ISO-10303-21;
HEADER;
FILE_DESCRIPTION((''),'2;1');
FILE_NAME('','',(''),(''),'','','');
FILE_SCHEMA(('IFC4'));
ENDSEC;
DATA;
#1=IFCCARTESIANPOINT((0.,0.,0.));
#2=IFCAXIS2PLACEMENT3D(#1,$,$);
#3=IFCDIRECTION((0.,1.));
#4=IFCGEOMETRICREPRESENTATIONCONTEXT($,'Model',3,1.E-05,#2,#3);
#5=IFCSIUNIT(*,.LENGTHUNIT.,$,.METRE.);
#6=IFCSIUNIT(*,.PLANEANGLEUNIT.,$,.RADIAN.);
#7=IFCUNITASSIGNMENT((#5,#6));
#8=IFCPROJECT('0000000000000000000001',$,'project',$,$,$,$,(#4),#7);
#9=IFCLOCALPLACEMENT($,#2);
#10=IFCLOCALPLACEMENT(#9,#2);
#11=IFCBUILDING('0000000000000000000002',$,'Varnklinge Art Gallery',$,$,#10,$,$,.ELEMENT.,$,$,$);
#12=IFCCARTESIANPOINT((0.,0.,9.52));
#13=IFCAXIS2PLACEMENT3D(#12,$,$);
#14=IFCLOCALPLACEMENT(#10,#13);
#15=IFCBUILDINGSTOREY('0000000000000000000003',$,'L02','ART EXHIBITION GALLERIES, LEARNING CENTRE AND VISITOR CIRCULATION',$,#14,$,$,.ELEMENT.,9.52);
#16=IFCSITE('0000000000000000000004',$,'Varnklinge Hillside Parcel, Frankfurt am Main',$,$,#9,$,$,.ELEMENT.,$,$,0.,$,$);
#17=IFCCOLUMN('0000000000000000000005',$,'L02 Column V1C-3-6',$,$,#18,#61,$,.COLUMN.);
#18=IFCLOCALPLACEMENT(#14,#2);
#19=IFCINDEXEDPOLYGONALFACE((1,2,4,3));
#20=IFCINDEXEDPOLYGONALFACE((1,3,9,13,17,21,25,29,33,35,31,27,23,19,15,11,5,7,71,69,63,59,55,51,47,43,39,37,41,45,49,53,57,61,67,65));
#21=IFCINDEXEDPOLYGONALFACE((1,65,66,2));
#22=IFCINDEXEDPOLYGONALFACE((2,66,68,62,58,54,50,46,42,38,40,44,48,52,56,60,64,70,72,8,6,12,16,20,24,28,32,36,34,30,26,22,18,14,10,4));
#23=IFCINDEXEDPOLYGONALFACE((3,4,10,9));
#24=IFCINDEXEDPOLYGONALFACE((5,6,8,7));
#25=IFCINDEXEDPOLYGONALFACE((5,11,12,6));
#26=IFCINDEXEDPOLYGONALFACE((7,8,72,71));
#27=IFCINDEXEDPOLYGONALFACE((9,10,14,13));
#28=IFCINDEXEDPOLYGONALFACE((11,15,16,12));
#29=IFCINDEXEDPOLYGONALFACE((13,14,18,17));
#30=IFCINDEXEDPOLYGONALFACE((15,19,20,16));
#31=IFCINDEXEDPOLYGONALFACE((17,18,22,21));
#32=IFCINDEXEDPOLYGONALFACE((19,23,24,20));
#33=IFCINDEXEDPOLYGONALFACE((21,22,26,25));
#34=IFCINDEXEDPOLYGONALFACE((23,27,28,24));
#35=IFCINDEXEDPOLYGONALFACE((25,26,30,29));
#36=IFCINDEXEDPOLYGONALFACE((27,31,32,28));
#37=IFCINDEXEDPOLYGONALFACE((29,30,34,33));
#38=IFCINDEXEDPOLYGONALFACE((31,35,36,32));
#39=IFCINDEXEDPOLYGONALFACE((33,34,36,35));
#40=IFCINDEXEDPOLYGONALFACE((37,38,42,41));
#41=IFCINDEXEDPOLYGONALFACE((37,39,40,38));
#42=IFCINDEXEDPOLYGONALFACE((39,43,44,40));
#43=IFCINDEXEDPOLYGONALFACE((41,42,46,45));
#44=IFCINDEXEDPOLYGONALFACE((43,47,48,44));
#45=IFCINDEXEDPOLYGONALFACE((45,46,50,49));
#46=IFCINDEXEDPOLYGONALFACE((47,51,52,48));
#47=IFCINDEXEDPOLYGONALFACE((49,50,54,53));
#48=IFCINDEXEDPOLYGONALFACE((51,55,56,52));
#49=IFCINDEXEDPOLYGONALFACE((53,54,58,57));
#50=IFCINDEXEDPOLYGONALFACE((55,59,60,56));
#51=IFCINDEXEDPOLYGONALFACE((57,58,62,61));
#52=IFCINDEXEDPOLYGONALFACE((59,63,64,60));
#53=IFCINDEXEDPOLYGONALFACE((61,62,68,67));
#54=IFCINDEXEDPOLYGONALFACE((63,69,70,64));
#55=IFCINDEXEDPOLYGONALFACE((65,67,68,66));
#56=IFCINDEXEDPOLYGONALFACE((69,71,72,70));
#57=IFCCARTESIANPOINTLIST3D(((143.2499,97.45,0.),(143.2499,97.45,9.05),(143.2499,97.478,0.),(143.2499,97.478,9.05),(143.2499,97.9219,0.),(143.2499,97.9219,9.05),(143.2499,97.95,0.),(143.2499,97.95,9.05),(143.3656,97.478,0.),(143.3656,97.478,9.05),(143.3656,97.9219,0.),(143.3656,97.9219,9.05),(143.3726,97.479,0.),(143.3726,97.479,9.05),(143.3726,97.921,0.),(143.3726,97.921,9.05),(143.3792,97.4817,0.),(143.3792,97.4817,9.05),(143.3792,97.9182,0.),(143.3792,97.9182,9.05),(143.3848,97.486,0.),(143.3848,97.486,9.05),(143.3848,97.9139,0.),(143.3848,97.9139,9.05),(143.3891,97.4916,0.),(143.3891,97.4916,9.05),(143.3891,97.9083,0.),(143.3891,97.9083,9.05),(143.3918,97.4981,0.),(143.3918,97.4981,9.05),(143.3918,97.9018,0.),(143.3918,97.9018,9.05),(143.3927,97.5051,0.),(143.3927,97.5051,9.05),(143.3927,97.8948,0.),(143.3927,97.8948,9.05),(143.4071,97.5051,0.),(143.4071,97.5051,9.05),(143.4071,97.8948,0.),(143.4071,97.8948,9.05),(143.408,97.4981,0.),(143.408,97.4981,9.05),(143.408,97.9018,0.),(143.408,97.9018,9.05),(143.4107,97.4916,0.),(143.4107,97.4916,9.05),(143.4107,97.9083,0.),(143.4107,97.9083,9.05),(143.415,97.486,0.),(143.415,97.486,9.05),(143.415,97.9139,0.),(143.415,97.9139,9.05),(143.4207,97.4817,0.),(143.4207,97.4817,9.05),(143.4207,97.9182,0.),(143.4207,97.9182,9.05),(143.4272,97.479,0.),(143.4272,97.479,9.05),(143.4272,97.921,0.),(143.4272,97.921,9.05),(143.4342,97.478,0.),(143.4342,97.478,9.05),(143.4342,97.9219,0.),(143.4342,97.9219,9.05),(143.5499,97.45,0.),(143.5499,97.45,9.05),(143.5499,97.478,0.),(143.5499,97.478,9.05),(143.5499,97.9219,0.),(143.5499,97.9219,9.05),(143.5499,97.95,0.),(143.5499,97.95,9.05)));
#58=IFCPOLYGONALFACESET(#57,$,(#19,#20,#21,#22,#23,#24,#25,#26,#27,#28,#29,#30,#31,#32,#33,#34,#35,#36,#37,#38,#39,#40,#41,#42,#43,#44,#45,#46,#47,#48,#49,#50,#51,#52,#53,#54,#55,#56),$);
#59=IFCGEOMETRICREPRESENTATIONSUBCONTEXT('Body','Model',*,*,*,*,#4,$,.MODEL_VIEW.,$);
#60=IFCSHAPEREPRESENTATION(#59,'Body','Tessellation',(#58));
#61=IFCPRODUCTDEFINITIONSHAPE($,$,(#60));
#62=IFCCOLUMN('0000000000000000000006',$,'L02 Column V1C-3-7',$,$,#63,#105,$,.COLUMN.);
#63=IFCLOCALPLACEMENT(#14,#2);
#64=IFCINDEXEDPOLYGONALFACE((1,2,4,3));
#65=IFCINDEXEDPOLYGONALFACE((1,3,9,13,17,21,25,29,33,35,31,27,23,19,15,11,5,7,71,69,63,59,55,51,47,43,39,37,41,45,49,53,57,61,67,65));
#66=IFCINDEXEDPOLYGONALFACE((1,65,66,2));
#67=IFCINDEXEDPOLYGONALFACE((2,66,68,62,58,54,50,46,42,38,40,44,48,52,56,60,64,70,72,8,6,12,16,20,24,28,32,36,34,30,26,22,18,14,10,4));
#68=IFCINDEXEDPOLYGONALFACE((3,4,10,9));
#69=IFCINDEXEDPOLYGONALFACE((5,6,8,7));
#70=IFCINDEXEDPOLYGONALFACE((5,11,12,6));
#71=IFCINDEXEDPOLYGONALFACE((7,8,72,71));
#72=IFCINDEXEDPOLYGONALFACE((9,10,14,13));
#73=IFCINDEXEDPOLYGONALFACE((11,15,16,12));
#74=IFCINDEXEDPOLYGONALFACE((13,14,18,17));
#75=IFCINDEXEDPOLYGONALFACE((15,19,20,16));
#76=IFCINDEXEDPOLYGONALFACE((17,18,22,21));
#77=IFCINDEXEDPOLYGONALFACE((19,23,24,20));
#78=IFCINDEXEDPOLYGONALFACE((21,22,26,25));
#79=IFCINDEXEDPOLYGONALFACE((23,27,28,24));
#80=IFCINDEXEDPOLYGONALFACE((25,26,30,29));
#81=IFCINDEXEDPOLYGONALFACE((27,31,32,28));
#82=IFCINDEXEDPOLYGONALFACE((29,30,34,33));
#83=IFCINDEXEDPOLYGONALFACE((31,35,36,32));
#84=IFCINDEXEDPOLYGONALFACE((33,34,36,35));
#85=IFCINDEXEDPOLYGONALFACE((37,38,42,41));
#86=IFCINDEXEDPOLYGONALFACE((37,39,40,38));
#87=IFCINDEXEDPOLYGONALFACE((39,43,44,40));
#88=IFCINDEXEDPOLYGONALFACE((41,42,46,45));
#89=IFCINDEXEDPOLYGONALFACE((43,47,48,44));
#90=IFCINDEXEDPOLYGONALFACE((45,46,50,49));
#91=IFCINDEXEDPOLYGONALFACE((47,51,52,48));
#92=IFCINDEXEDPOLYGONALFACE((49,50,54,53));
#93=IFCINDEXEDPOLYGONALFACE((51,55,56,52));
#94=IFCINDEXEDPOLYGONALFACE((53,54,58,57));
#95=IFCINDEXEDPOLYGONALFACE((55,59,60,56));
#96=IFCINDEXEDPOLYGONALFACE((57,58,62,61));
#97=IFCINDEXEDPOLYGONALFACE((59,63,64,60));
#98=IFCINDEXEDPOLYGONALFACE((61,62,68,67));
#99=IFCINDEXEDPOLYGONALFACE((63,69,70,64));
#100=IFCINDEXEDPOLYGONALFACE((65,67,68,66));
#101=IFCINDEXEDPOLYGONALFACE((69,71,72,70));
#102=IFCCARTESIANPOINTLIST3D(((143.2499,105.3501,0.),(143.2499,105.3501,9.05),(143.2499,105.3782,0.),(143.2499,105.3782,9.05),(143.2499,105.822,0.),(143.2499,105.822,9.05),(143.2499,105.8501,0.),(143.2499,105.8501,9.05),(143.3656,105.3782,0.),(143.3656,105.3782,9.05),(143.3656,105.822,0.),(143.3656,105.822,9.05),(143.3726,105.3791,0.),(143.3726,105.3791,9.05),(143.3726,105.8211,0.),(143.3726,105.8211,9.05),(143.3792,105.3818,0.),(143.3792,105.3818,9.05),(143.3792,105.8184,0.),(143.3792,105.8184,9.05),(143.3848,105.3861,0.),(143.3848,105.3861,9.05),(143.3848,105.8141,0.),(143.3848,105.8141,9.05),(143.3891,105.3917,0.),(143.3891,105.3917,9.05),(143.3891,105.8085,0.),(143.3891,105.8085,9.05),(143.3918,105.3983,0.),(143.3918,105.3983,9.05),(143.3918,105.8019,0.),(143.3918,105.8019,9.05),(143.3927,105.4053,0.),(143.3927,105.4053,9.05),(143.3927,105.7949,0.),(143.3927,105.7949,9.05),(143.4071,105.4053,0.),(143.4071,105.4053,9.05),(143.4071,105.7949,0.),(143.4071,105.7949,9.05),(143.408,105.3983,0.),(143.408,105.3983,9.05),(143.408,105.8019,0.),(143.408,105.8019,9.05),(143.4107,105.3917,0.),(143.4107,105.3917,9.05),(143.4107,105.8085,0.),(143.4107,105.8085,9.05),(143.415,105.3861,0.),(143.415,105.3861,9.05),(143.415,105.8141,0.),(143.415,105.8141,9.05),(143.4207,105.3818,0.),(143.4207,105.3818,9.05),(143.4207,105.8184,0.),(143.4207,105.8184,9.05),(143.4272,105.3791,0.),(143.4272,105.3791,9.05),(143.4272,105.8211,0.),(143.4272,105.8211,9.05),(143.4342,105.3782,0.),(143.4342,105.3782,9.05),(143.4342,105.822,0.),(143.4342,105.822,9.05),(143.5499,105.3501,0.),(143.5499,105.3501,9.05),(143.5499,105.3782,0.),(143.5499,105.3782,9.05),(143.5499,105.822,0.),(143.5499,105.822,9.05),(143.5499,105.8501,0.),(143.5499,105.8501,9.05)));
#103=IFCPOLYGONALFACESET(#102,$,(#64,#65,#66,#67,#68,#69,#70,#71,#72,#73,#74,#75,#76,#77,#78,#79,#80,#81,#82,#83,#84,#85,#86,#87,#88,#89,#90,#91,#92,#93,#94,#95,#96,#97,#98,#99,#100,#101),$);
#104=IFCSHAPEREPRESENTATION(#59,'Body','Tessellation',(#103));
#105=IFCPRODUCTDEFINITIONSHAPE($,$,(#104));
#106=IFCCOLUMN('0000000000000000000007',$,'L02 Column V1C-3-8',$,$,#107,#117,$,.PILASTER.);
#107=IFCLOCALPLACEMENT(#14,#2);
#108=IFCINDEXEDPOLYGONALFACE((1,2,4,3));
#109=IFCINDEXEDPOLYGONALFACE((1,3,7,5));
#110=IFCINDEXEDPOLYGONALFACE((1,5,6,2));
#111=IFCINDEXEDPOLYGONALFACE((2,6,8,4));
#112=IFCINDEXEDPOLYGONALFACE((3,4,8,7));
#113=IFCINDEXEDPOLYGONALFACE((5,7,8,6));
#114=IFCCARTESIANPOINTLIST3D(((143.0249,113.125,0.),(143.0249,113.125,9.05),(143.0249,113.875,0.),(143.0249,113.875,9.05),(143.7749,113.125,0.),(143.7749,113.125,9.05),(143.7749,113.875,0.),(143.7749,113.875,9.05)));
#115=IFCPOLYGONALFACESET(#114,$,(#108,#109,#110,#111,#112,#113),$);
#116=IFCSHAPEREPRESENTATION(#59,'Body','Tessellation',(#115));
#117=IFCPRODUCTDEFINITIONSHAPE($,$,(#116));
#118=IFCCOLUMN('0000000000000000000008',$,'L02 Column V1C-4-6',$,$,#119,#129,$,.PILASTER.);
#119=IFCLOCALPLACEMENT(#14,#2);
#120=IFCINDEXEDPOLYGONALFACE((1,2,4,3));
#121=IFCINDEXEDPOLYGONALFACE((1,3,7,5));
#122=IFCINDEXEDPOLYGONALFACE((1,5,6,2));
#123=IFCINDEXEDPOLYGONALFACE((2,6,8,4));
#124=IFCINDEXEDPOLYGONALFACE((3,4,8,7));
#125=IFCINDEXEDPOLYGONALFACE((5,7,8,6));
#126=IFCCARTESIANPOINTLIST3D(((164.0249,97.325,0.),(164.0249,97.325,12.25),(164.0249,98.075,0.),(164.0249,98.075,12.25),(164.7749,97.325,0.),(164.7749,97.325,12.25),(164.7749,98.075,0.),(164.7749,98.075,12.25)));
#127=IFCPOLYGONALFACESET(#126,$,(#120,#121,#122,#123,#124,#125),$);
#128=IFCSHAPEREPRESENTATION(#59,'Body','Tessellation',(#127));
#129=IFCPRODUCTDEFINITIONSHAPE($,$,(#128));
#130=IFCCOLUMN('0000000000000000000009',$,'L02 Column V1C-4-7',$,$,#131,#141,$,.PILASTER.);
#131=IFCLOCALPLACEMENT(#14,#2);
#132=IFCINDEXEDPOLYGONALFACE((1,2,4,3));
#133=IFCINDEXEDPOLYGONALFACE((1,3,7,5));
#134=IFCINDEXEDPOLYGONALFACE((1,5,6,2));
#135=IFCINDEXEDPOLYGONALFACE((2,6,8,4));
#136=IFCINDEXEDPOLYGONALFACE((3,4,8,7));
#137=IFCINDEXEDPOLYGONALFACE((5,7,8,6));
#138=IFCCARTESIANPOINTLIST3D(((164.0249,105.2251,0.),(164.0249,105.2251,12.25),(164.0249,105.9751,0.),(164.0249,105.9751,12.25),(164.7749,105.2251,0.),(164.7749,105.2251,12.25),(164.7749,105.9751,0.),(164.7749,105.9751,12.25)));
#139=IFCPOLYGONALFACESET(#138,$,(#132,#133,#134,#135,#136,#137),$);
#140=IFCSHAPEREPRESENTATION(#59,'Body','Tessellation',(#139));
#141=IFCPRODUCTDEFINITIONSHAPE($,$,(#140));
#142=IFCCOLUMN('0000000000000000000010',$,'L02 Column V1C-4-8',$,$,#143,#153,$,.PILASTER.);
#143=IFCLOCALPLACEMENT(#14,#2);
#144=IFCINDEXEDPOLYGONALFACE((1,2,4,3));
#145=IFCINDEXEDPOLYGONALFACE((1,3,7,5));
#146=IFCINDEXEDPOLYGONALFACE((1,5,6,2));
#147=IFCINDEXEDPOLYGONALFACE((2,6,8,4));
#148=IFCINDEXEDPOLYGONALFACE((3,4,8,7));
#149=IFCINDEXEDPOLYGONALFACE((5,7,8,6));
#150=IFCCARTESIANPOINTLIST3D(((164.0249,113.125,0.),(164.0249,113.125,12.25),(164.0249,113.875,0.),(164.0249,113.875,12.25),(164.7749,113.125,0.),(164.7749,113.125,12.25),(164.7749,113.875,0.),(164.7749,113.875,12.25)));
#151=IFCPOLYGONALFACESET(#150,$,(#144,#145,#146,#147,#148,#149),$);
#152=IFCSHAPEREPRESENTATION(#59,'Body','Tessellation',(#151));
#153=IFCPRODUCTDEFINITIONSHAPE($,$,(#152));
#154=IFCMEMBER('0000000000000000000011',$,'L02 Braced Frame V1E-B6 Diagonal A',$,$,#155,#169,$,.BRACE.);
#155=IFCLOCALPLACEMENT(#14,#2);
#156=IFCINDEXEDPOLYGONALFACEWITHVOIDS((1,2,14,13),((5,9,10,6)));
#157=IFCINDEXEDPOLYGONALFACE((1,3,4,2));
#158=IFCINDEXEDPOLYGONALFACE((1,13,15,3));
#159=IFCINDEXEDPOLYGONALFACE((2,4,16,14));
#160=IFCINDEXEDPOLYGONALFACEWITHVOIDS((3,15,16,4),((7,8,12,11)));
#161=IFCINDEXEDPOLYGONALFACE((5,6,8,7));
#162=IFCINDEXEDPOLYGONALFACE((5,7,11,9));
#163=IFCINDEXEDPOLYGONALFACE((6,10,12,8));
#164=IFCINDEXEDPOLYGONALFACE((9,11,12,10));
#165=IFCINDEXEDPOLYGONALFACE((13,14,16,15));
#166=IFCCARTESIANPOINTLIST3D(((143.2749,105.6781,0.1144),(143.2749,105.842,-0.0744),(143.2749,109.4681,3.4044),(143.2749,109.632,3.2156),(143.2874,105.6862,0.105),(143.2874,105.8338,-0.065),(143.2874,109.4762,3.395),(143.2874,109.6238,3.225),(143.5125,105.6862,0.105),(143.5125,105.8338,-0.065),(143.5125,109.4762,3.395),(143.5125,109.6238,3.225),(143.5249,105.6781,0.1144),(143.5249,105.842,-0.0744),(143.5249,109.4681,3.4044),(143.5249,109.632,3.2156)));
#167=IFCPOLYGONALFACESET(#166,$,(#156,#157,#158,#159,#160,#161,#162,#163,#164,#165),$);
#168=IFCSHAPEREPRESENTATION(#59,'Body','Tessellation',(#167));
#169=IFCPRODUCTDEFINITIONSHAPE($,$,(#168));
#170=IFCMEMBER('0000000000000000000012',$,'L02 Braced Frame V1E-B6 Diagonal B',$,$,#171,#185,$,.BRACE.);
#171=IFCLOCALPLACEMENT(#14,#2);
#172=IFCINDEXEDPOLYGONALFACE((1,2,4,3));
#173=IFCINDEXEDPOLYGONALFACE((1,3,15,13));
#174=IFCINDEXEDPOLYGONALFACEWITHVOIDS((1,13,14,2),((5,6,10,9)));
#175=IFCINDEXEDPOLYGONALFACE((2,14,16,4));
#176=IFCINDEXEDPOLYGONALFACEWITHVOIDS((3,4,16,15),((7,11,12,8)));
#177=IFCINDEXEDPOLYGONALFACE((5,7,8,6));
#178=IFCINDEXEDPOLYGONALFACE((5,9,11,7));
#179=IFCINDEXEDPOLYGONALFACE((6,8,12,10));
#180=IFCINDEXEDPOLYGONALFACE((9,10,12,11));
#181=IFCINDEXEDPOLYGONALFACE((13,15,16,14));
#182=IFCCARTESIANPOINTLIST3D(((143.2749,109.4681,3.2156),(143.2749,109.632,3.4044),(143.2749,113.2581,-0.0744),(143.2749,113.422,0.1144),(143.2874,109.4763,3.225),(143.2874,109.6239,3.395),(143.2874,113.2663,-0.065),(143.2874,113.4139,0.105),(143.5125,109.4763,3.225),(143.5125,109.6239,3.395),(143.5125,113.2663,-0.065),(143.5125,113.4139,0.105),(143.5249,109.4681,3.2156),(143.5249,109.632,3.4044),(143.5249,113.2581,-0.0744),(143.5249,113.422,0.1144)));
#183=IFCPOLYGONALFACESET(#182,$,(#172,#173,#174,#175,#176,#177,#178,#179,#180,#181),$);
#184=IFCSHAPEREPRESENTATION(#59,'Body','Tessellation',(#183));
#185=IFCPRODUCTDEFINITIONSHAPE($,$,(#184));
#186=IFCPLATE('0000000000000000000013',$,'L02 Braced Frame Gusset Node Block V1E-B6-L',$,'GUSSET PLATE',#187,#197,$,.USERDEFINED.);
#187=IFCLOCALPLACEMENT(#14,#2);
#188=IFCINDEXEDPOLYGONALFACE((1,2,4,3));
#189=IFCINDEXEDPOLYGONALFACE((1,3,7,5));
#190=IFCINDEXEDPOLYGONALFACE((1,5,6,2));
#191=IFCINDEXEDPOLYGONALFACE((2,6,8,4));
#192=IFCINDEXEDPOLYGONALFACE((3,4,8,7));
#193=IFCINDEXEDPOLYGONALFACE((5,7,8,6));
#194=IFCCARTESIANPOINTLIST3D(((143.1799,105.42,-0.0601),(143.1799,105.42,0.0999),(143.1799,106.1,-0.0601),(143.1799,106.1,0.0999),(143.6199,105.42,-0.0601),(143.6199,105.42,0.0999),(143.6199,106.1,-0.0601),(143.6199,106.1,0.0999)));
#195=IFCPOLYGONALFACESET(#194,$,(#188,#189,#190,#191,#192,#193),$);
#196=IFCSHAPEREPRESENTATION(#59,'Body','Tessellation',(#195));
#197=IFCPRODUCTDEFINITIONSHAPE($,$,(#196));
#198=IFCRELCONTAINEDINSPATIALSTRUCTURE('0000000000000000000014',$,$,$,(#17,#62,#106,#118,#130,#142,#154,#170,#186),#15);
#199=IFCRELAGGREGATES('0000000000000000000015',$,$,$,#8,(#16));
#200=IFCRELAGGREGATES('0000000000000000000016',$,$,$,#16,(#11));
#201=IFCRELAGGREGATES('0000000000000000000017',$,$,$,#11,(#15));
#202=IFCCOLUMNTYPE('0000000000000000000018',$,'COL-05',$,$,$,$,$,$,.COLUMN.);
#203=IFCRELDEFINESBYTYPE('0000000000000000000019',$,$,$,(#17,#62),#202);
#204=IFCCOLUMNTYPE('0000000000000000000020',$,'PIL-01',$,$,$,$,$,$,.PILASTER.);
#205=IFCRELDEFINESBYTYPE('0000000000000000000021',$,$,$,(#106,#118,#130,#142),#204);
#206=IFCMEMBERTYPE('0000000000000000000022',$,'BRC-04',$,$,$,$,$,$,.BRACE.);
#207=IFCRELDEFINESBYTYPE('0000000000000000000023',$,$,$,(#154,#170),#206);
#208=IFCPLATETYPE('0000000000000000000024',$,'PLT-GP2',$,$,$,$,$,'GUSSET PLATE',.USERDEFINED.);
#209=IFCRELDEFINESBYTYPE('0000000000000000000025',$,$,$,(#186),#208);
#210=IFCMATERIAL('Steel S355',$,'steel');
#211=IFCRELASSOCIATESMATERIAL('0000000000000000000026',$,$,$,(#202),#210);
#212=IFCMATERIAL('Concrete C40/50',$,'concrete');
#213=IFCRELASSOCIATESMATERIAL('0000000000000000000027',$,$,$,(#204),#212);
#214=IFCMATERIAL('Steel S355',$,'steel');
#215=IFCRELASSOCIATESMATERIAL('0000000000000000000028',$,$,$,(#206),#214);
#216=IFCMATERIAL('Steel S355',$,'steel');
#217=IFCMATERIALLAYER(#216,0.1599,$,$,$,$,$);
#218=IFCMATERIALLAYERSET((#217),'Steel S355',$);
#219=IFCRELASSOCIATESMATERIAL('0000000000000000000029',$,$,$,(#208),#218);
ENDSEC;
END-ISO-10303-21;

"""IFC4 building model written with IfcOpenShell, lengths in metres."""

from ifc_helpers import new_model, si_unit, direction, frame, origin, origin_2d, place, context, subcontext, project, spatial, rectangle, hollow_rectangle, i_section, extrude, material, layer, layer_set, material_profile, profile_set, type_object, element, save


model = new_model("IFC4")

# Units and contexts
model_context = context("Model", 3, precision=1e-05, world=origin(), true_north=direction((0.0, 1.0)))
body_context = subcontext(model_context, "Body", "Model", "MODEL_VIEW")
ifc_project = project(units=[si_unit("LENGTHUNIT", "METRE"), si_unit("PLANEANGLEUNIT", "RADIAN")], contexts=[model_context])

# Site, building, storey
site_placement = place(None, origin())
site = spatial("IfcSite", under=ifc_project, at=site_placement, Name="Varnklinge Hillside Parcel, Frankfurt am Main", CompositionType="ELEMENT", RefElevation=0.0)
building_placement = place(site_placement, origin())
building = spatial("IfcBuilding", under=site, at=building_placement, Name="Varnklinge Art Gallery", CompositionType="ELEMENT")
storey_placement = place(building_placement, frame((0.0, 0.0, 9.52)))
storey = spatial("IfcBuildingStorey", under=building, at=storey_placement, Name="L02", Description="ART EXHIBITION GALLERIES, LEARNING CENTRE AND VISITOR CIRCULATION", CompositionType="ELEMENT", Elevation=9.52)

# Columns
ifc_material_1 = material(Name="Steel S355", Category="steel")
ifc_material_profile_1 = material_profile(ifc_material_1, i_section(OverallWidth=0.3, OverallDepth=0.5, WebThickness=0.0144, FlangeThickness=0.0281, FilletRadius=0.0271, at=origin_2d()), Name="HEB 500")
ifc_profile_set_1 = profile_set([ifc_material_profile_1], Name="Steel S355")
column_type_1 = type_object("IfcColumnType", Name="COL-05", PredefinedType="COLUMN", material=ifc_profile_set_1)
for number, where, z_axis, x_axis, name in (
    (1, (143.3999, 97.7, 0.0), (0.0, 0.0, 1.0), (1.0, 0.0, 0.0), "L02 Column V1C-3-6"),
    (2, (143.3999, 105.6001, 0.0), (0.0, 0.0, 1.0), (1.0, 0.0, 0.0), "L02 Column V1C-3-7"),
):
    element("IfcColumn", number, at=place(storey_placement, frame(where, z_axis=z_axis, x_axis=x_axis)), inside=storey, type_object=column_type_1, Name=name, PredefinedType="COLUMN", context=body_context, shape_type="SweptSolid", body=[
        extrude(i_section(OverallWidth=0.3, OverallDepth=0.5, WebThickness=0.0144, FlangeThickness=0.0281, FilletRadius=0.0271, at=origin_2d()), origin(), (0.0, 0.0, 1.0), 9.05),
    ])
ifc_material_2 = material(Name="Concrete C40/50", Category="concrete")
ifc_material_profile_2 = material_profile(ifc_material_2, rectangle(XDim=0.75, YDim=0.75, at=origin_2d()), Name="RC 750x750")
ifc_profile_set_2 = profile_set([ifc_material_profile_2], Name="Concrete C40/50")
column_type_2 = type_object("IfcColumnType", Name="PIL-01", PredefinedType="PILASTER", material=ifc_profile_set_2)
column_placement = place(storey_placement, frame((143.3999, 113.5, 0.0), z_axis=(0.0, 0.0, 1.0), x_axis=(1.0, 0.0, 0.0)))
element("IfcColumn", 3, at=column_placement, inside=storey, type_object=column_type_2, Name="L02 Column V1C-3-8", PredefinedType="PILASTER", context=body_context, shape_type="SweptSolid", body=[
    extrude(rectangle(XDim=0.75, YDim=0.75, at=origin_2d()), origin(), (0.0, 0.0, 1.0), 9.05),
])
for number, where, z_axis, x_axis, name in (
    (4, (164.3999, 97.7, 0.0), (0.0, 0.0, 1.0), (1.0, 0.0, 0.0), "L02 Column V1C-4-6"),
    (5, (164.3999, 105.6001, 0.0), (0.0, 0.0, 1.0), (1.0, 0.0, 0.0), "L02 Column V1C-4-7"),
    (6, (164.3999, 113.5, 0.0), (0.0, 0.0, 1.0), (1.0, 0.0, 0.0), "L02 Column V1C-4-8"),
):
    element("IfcColumn", number, at=place(storey_placement, frame(where, z_axis=z_axis, x_axis=x_axis)), inside=storey, type_object=column_type_2, Name=name, PredefinedType="PILASTER", context=body_context, shape_type="SweptSolid", body=[
        extrude(rectangle(XDim=0.75, YDim=0.75, at=origin_2d()), origin(), (0.0, 0.0, 1.0), 12.25),
    ])

# Members
ifc_material_3 = material(Name="Steel S355", Category="steel")
ifc_material_profile_3 = material_profile(ifc_material_3, hollow_rectangle(XDim=0.25, YDim=0.25, WallThickness=0.0125, at=origin_2d()), Name="SHS 250x250x12.5")
ifc_profile_set_3 = profile_set([ifc_material_profile_3], Name="Steel S355")
member_type = type_object("IfcMemberType", Name="BRC-04", PredefinedType="BRACE", material=ifc_profile_set_3)
for number, where, z_axis, x_axis, name in (
    (7, (143.3999, 105.76, 0.02), (0.0, 0.755162, 0.655538), (-1.0, 0.0, 0.0), "L02 Braced Frame V1E-B6 Diagonal A"),
    (8, (143.3999, 113.3401, 0.02), (0.0, -0.755162, 0.655538), (1.0, 0.0, 0.0), "L02 Braced Frame V1E-B6 Diagonal B"),
):
    element("IfcMember", number, at=place(storey_placement, frame(where, z_axis=z_axis, x_axis=x_axis)), inside=storey, type_object=member_type, Name=name, PredefinedType="BRACE", context=body_context, shape_type="SweptSolid", body=[
        extrude(hollow_rectangle(XDim=0.25, YDim=0.25, WallThickness=0.0125, at=origin_2d()), origin(), (0.0, 0.0, 1.0), 5.0188),
    ])

# Plate
ifc_material_4 = material(Name="Steel S355", Category="steel")
ifc_layer_1 = layer(ifc_material_4, 0.1599)
ifc_layer_set_1 = layer_set([ifc_layer_1], Name="Steel S355")
plate_type = type_object("IfcPlateType", Name="PLT-GP2", ElementType="GUSSET PLATE", PredefinedType="USERDEFINED", material=ifc_layer_set_1)
for number, where, z_axis, x_axis, name in (
    (9, (143.3999, 105.76, -0.0601), (0.0, 0.0, 1.0), (0.0, 1.0, 0.0), "L02 Braced Frame Gusset Node Block V1E-B6-L"),
):
    element("IfcPlate", number, at=place(storey_placement, frame(where, z_axis=z_axis, x_axis=x_axis)), inside=storey, type_object=plate_type, Name=name, ObjectType="GUSSET PLATE", PredefinedType="USERDEFINED", context=body_context, shape_type="SweptSolid", body=[
        extrude(rectangle(XDim=0.6799, YDim=0.4399, at=origin_2d()), origin(), (0.0, 0.0, 1.0), 0.1599),
    ])

save(model, "model.ifc")
